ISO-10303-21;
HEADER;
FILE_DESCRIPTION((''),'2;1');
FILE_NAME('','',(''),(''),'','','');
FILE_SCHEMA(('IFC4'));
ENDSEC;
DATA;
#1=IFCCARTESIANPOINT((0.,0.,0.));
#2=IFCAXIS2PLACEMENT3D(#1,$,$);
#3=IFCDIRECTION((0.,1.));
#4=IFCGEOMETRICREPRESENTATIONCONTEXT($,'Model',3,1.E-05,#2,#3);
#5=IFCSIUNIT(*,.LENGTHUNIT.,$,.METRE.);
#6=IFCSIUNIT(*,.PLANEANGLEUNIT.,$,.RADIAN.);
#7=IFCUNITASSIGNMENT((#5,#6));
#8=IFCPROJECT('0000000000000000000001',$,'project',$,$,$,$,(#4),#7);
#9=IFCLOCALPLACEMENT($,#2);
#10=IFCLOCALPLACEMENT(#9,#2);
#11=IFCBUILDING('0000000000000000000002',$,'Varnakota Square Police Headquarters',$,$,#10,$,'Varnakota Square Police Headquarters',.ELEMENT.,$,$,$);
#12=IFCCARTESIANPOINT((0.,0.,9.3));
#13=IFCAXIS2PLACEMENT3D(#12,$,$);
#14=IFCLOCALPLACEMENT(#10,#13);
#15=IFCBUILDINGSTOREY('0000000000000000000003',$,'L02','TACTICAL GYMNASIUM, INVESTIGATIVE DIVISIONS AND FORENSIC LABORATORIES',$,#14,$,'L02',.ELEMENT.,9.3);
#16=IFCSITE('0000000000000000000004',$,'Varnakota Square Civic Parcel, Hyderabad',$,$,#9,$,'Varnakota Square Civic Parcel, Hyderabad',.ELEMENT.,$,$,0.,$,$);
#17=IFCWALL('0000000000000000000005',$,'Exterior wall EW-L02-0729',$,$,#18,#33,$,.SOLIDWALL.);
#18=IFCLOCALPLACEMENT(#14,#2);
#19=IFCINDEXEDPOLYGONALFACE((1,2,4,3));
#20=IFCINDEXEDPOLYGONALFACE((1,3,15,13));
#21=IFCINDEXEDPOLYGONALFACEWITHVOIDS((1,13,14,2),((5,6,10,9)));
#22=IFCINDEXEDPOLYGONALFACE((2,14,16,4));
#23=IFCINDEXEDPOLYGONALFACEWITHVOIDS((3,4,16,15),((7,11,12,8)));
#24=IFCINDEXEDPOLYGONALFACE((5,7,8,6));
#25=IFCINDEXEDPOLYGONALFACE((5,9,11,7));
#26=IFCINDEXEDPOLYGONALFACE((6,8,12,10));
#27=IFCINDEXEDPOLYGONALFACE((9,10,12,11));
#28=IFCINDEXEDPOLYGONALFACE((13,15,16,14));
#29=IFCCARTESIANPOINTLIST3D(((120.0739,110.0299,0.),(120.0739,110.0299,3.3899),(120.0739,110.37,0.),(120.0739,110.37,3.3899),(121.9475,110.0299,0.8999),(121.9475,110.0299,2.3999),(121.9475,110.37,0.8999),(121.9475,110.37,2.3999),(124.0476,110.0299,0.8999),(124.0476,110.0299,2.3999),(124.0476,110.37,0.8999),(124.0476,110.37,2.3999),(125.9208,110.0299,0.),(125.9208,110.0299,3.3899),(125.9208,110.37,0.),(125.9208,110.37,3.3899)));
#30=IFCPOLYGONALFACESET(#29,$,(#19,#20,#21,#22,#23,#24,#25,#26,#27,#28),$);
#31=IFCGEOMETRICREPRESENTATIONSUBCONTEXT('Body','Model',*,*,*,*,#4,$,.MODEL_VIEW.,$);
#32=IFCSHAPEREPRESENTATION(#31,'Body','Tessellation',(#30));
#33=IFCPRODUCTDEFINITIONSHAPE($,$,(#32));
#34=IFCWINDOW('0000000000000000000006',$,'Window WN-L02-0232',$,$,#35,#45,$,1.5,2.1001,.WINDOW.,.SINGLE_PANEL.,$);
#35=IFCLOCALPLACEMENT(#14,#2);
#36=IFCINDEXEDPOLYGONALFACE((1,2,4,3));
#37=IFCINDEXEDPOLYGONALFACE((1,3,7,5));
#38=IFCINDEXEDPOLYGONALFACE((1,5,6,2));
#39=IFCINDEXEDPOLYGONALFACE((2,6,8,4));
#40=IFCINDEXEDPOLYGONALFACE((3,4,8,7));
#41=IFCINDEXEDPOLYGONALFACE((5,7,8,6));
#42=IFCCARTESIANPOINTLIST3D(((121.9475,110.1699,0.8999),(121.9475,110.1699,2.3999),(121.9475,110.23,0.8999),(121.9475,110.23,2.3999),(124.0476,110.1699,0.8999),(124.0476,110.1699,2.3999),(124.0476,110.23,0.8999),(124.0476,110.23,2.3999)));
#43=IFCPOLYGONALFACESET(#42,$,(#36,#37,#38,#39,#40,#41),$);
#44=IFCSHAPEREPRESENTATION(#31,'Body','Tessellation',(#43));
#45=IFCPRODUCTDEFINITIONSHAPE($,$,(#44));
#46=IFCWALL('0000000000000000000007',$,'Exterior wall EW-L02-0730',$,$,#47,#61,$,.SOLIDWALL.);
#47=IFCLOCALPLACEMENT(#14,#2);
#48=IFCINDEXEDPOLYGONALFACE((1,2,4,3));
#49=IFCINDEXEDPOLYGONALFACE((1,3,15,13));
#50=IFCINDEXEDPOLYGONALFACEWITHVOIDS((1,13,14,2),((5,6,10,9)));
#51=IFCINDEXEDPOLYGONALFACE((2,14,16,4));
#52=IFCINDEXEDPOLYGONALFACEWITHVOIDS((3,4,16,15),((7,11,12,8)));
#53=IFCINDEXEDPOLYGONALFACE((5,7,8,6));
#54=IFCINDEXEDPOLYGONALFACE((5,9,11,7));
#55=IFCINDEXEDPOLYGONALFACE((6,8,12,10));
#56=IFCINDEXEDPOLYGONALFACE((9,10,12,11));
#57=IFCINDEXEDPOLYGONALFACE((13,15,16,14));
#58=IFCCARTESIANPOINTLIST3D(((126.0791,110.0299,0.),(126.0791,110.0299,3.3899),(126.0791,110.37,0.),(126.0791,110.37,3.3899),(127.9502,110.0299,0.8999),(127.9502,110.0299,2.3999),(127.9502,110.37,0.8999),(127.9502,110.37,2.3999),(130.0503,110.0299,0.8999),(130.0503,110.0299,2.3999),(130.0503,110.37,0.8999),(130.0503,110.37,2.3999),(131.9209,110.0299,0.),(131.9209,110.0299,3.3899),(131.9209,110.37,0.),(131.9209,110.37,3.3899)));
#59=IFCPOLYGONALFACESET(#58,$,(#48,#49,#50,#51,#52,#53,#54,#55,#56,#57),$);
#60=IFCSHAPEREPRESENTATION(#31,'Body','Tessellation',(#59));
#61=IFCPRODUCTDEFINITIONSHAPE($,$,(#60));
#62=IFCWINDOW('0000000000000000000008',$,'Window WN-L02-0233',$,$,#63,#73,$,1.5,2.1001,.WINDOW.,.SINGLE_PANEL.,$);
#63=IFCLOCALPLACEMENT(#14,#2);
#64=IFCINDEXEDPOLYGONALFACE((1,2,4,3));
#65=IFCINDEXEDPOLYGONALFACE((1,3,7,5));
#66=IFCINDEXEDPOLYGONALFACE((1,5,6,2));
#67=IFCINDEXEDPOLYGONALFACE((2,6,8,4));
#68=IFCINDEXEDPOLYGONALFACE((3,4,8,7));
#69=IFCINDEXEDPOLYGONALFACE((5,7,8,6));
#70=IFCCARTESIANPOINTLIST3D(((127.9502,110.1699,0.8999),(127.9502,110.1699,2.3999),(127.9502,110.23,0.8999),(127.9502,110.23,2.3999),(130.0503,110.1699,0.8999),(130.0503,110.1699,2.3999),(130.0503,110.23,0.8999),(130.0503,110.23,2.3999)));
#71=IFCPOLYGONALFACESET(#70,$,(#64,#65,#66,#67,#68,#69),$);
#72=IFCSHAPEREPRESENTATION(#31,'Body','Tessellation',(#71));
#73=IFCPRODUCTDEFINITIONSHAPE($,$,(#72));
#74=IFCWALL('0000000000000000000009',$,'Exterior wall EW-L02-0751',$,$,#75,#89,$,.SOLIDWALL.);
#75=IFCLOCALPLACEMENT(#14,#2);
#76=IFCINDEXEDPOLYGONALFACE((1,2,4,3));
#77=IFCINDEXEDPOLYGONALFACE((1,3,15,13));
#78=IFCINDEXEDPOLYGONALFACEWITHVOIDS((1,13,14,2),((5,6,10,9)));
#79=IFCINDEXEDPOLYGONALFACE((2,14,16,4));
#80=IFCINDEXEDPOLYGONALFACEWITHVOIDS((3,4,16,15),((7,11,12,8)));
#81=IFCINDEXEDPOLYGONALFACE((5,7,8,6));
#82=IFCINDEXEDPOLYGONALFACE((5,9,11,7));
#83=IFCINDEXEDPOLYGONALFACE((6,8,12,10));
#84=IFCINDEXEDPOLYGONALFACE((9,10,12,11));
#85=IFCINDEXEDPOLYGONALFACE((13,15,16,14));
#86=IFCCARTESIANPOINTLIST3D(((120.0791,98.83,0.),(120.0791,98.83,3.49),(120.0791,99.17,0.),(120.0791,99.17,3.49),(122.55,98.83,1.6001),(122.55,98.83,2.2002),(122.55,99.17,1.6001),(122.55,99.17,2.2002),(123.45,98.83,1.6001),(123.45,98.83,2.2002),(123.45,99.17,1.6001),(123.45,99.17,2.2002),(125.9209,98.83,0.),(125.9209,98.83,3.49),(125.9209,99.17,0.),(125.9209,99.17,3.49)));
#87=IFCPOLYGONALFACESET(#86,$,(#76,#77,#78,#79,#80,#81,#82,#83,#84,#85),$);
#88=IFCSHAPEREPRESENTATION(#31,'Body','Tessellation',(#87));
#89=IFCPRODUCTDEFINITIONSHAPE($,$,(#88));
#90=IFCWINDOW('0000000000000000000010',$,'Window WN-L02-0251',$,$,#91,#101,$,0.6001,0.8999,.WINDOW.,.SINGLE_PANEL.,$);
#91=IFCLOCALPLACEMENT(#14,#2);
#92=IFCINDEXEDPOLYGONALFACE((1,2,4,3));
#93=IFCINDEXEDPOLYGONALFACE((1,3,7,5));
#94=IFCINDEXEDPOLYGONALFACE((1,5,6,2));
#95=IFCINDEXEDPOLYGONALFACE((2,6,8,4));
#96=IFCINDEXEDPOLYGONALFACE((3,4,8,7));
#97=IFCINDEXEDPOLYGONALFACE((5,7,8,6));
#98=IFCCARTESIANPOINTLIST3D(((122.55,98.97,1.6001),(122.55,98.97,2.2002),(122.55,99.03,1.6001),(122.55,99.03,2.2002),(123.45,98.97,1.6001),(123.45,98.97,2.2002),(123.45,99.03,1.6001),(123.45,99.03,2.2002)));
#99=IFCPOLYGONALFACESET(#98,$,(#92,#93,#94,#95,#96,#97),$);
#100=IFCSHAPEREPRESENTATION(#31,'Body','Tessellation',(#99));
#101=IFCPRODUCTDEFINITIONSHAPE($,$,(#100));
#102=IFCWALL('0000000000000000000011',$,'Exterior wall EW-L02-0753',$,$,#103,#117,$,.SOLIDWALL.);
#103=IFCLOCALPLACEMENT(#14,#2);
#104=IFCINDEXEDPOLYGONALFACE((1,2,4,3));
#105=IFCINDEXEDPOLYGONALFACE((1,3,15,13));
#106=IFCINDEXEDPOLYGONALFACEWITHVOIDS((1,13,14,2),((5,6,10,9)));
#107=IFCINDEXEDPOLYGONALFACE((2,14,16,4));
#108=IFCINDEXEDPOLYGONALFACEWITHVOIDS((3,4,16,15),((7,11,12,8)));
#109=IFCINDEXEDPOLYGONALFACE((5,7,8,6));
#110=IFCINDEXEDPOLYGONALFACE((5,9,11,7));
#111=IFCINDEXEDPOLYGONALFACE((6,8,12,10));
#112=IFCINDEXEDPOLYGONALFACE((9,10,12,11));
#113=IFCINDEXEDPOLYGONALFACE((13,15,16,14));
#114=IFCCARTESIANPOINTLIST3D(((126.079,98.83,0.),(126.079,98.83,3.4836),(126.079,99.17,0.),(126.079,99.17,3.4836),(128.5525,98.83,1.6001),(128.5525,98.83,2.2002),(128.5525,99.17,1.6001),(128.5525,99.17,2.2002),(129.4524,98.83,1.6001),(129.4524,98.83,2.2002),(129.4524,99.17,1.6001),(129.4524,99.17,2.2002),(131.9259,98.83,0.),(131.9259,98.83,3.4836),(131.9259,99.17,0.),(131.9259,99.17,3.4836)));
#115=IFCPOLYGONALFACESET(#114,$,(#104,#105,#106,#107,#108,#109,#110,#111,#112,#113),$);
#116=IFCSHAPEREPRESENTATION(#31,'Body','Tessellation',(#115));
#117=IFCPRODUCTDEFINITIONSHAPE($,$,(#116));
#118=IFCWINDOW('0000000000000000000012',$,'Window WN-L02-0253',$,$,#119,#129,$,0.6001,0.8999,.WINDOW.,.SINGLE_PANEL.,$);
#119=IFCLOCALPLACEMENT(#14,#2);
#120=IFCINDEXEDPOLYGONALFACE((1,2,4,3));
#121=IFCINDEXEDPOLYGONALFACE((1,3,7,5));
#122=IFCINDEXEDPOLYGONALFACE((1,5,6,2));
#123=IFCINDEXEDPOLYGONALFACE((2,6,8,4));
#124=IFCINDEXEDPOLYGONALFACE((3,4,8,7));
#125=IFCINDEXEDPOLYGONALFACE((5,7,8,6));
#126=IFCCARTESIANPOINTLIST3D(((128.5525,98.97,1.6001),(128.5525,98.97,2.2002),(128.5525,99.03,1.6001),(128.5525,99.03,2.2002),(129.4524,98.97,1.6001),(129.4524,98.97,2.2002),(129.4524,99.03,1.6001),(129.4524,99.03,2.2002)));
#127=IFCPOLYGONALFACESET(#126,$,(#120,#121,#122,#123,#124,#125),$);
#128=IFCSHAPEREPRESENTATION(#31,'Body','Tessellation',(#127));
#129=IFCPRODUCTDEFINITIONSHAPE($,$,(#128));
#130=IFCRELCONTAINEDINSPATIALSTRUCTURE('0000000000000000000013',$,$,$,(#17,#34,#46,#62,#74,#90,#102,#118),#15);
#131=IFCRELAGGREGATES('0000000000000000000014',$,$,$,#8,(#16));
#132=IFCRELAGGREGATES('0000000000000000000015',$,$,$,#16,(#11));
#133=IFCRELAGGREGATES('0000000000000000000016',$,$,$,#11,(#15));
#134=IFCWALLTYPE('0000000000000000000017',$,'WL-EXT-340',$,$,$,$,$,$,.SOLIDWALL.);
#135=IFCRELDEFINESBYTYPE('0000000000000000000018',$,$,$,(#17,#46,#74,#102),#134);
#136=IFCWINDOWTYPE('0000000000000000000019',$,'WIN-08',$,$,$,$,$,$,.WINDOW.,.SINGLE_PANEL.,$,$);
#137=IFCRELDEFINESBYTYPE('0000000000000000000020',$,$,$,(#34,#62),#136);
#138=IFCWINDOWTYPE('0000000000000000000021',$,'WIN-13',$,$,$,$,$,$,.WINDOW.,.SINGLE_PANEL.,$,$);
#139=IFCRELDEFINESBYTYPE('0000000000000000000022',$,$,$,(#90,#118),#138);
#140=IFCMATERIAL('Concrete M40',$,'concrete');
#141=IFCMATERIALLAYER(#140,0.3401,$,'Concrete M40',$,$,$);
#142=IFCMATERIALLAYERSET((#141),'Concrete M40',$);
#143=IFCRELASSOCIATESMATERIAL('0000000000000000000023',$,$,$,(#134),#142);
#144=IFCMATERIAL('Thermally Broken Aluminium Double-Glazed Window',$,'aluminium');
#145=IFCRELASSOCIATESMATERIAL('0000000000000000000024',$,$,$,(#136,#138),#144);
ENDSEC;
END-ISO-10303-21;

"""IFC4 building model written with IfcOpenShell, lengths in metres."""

from ifc_helpers import new_model, si_unit, direction, frame, frame_2d, origin, place, context, subcontext, project, spatial, rectangle, extrude, material, layer, layer_set, type_object, element, fill, save


model = new_model("IFC4")

# Units and contexts
model_context = context("Model", 3, precision=1e-05, world=origin(), true_north=direction((0.0, 1.0)))
body_context = subcontext(model_context, "Body", "Model", "MODEL_VIEW")
ifc_project = project(units=[si_unit("LENGTHUNIT", "METRE"), si_unit("PLANEANGLEUNIT", "RADIAN")], contexts=[model_context])

# Site, building, storey
site_placement = place(None, origin())
site = spatial("IfcSite", under=ifc_project, at=site_placement, Name="Varnakota Square Civic Parcel, Hyderabad", LongName="Varnakota Square Civic Parcel, Hyderabad", CompositionType="ELEMENT", RefElevation=0.0)
building_placement = place(site_placement, origin())
building = spatial("IfcBuilding", under=site, at=building_placement, Name="Varnakota Square Police Headquarters", LongName="Varnakota Square Police Headquarters", CompositionType="ELEMENT")
storey_placement = place(building_placement, frame((0.0, 0.0, 9.3)))
storey = spatial("IfcBuildingStorey", under=building, at=storey_placement, Name="L02", Description="TACTICAL GYMNASIUM, INVESTIGATIVE DIVISIONS AND FORENSIC LABORATORIES", LongName="L02", CompositionType="ELEMENT", Elevation=9.3)

# Walls, openings, windows
ifc_material_1 = material(Name="Concrete M40", Category="concrete")
ifc_layer_1 = layer(ifc_material_1, 0.3401, Name="Concrete M40")
ifc_layer_set_1 = layer_set([ifc_layer_1], Name="Concrete M40")
wall_type_1 = type_object("IfcWallType", Name="WL-EXT-340", PredefinedType="SOLIDWALL", material=ifc_layer_set_1)
wall_1_placement = place(storey_placement, frame((120.074, 110.2, 0.0), z_axis=(0.0, 0.0, 1.0), x_axis=(1.0, 0.0, 0.0)))
wall_1 = element("IfcWall", 1, at=wall_1_placement, inside=storey, type_object=wall_type_1, Name="Exterior wall EW-L02-0729", PredefinedType="SOLIDWALL", context=body_context, shape_type="SweptSolid", body=[
    extrude(rectangle(XDim=5.8469, YDim=0.3401, at=frame_2d((2.9233, 0.0))), origin(), (0.0, 0.0, 1.0), 3.3899),
])
opening_1_placement = place(wall_1_placement, frame((1.8735, 0.0, 0.8999)))
opening_1 = element("IfcOpeningElement", 2, at=opening_1_placement, cuts=wall_1, PredefinedType="OPENING", context=body_context, shape_type="SweptSolid", body=[
    extrude(rectangle(XDim=2.1001, YDim=1.5, at=frame_2d((1.05, 0.75))), frame((0.0, 0.1799, 0.0), z_axis=(0.0, -1.0, 0.0), x_axis=(1.0, 0.0, 0.0)), (0.0, 0.0, 1.0), 0.3601),
])
ifc_material_2 = material(Name="Thermally Broken Aluminium Double-Glazed Window", Category="aluminium")
window_type_1 = type_object("IfcWindowType", Name="WIN-08", PartitioningType="SINGLE_PANEL", PredefinedType="WINDOW", material=ifc_material_2)
window_1_placement = place(opening_1_placement, origin())
window_1 = element("IfcWindow", 3, at=window_1_placement, inside=storey, type_object=window_type_1, Name="Window WN-L02-0232", OverallHeight=1.5, OverallWidth=2.1001, PartitioningType="SINGLE_PANEL", PredefinedType="WINDOW", context=body_context, shape_type="SweptSolid", body=[
    extrude(rectangle(XDim=2.1001, YDim=1.5, at=frame_2d((1.05, 0.75))), frame((0.0, 0.03, 0.0), z_axis=(0.0, -1.0, 0.0), x_axis=(1.0, 0.0, 0.0)), (0.0, 0.0, 1.0), 0.0601),
])
fill(opening_1, window_1)
wall_2_placement = place(storey_placement, frame((126.0791, 110.2, 0.0), z_axis=(0.0, 0.0, 1.0), x_axis=(1.0, 0.0, 0.0)))
wall_2 = element("IfcWall", 4, at=wall_2_placement, inside=storey, type_object=wall_type_1, Name="Exterior wall EW-L02-0730", PredefinedType="SOLIDWALL", context=body_context, shape_type="SweptSolid", body=[
    extrude(rectangle(XDim=5.8418, YDim=0.3401, at=frame_2d((2.9209, 0.0))), origin(), (0.0, 0.0, 1.0), 3.3899),
])
opening_2_placement = place(wall_2_placement, frame((1.8711, 0.0, 0.8999)))
opening_2 = element("IfcOpeningElement", 5, at=opening_2_placement, cuts=wall_2, PredefinedType="OPENING", context=body_context, shape_type="SweptSolid", body=[
    extrude(rectangle(XDim=2.1001, YDim=1.5, at=frame_2d((1.05, 0.75))), frame((0.0, 0.1799, 0.0), z_axis=(0.0, -1.0, 0.0), x_axis=(1.0, 0.0, 0.0)), (0.0, 0.0, 1.0), 0.3601),
])
window_2_placement = place(opening_2_placement, origin())
window_2 = element("IfcWindow", 6, at=window_2_placement, inside=storey, type_object=window_type_1, Name="Window WN-L02-0233", OverallHeight=1.5, OverallWidth=2.1001, PartitioningType="SINGLE_PANEL", PredefinedType="WINDOW", context=body_context, shape_type="SweptSolid", body=[
    extrude(rectangle(XDim=2.1001, YDim=1.5, at=frame_2d((1.05, 0.75))), frame((0.0, 0.03, 0.0), z_axis=(0.0, -1.0, 0.0), x_axis=(1.0, 0.0, 0.0)), (0.0, 0.0, 1.0), 0.0601),
])
fill(opening_2, window_2)
wall_3_placement = place(storey_placement, frame((120.0791, 99.0, 0.0), z_axis=(0.0, 0.0, 1.0), x_axis=(1.0, 0.0, 0.0)))
wall_3 = element("IfcWall", 7, at=wall_3_placement, inside=storey, type_object=wall_type_1, Name="Exterior wall EW-L02-0751", PredefinedType="SOLIDWALL", context=body_context, shape_type="SweptSolid", body=[
    extrude(rectangle(XDim=5.8418, YDim=0.3401, at=frame_2d((2.9209, 0.0))), origin(), (0.0, 0.0, 1.0), 3.49),
])
opening_3_placement = place(wall_3_placement, frame((2.4709, 0.0, 1.6001)))
opening_3 = element("IfcOpeningElement", 8, at=opening_3_placement, cuts=wall_3, PredefinedType="OPENING", context=body_context, shape_type="SweptSolid", body=[
    extrude(rectangle(XDim=0.8999, YDim=0.6001, at=frame_2d((0.45, 0.3))), frame((0.0, 0.1799, 0.0), z_axis=(0.0, -1.0, 0.0), x_axis=(1.0, 0.0, 0.0)), (0.0, 0.0, 1.0), 0.3601),
])
window_type_2 = type_object("IfcWindowType", Name="WIN-13", PartitioningType="SINGLE_PANEL", PredefinedType="WINDOW", material=ifc_material_2)
window_3_placement = place(opening_3_placement, origin())
window_3 = element("IfcWindow", 9, at=window_3_placement, inside=storey, type_object=window_type_2, Name="Window WN-L02-0251", OverallHeight=0.6001, OverallWidth=0.8999, PartitioningType="SINGLE_PANEL", PredefinedType="WINDOW", context=body_context, shape_type="SweptSolid", body=[
    extrude(rectangle(XDim=0.8999, YDim=0.6001, at=frame_2d((0.45, 0.3))), frame((0.0, 0.03, 0.0), z_axis=(0.0, -1.0, 0.0), x_axis=(1.0, 0.0, 0.0)), (0.0, 0.0, 1.0), 0.0601),
])
fill(opening_3, window_3)
wall_4_placement = place(storey_placement, frame((126.0791, 99.0, 0.0), z_axis=(0.0, 0.0, 1.0), x_axis=(1.0, 0.0, 0.0)))
wall_4 = element("IfcWall", 10, at=wall_4_placement, inside=storey, type_object=wall_type_1, Name="Exterior wall EW-L02-0753", PredefinedType="SOLIDWALL", context=body_context, shape_type="SweptSolid", body=[
    extrude(rectangle(XDim=5.8469, YDim=0.3401, at=frame_2d((2.9233, 0.0))), origin(), (0.0, 0.0, 1.0), 3.4836),
])
opening_4_placement = place(wall_4_placement, frame((2.4734, 0.0, 1.6001)))
opening_4 = element("IfcOpeningElement", 11, at=opening_4_placement, cuts=wall_4, PredefinedType="OPENING", context=body_context, shape_type="SweptSolid", body=[
    extrude(rectangle(XDim=0.8999, YDim=0.6001, at=frame_2d((0.45, 0.3))), frame((0.0, 0.1799, 0.0), z_axis=(0.0, -1.0, 0.0), x_axis=(1.0, 0.0, 0.0)), (0.0, 0.0, 1.0), 0.3601),
])
window_4_placement = place(opening_4_placement, origin())
window_4 = element("IfcWindow", 12, at=window_4_placement, inside=storey, type_object=window_type_2, Name="Window WN-L02-0253", OverallHeight=0.6001, OverallWidth=0.8999, PartitioningType="SINGLE_PANEL", PredefinedType="WINDOW", context=body_context, shape_type="SweptSolid", body=[
    extrude(rectangle(XDim=0.8999, YDim=0.6001, at=frame_2d((0.45, 0.3))), frame((0.0, 0.03, 0.0), z_axis=(0.0, -1.0, 0.0), x_axis=(1.0, 0.0, 0.0)), (0.0, 0.0, 1.0), 0.0601),
])
fill(opening_4, window_4)

save(model, "model.ifc")
